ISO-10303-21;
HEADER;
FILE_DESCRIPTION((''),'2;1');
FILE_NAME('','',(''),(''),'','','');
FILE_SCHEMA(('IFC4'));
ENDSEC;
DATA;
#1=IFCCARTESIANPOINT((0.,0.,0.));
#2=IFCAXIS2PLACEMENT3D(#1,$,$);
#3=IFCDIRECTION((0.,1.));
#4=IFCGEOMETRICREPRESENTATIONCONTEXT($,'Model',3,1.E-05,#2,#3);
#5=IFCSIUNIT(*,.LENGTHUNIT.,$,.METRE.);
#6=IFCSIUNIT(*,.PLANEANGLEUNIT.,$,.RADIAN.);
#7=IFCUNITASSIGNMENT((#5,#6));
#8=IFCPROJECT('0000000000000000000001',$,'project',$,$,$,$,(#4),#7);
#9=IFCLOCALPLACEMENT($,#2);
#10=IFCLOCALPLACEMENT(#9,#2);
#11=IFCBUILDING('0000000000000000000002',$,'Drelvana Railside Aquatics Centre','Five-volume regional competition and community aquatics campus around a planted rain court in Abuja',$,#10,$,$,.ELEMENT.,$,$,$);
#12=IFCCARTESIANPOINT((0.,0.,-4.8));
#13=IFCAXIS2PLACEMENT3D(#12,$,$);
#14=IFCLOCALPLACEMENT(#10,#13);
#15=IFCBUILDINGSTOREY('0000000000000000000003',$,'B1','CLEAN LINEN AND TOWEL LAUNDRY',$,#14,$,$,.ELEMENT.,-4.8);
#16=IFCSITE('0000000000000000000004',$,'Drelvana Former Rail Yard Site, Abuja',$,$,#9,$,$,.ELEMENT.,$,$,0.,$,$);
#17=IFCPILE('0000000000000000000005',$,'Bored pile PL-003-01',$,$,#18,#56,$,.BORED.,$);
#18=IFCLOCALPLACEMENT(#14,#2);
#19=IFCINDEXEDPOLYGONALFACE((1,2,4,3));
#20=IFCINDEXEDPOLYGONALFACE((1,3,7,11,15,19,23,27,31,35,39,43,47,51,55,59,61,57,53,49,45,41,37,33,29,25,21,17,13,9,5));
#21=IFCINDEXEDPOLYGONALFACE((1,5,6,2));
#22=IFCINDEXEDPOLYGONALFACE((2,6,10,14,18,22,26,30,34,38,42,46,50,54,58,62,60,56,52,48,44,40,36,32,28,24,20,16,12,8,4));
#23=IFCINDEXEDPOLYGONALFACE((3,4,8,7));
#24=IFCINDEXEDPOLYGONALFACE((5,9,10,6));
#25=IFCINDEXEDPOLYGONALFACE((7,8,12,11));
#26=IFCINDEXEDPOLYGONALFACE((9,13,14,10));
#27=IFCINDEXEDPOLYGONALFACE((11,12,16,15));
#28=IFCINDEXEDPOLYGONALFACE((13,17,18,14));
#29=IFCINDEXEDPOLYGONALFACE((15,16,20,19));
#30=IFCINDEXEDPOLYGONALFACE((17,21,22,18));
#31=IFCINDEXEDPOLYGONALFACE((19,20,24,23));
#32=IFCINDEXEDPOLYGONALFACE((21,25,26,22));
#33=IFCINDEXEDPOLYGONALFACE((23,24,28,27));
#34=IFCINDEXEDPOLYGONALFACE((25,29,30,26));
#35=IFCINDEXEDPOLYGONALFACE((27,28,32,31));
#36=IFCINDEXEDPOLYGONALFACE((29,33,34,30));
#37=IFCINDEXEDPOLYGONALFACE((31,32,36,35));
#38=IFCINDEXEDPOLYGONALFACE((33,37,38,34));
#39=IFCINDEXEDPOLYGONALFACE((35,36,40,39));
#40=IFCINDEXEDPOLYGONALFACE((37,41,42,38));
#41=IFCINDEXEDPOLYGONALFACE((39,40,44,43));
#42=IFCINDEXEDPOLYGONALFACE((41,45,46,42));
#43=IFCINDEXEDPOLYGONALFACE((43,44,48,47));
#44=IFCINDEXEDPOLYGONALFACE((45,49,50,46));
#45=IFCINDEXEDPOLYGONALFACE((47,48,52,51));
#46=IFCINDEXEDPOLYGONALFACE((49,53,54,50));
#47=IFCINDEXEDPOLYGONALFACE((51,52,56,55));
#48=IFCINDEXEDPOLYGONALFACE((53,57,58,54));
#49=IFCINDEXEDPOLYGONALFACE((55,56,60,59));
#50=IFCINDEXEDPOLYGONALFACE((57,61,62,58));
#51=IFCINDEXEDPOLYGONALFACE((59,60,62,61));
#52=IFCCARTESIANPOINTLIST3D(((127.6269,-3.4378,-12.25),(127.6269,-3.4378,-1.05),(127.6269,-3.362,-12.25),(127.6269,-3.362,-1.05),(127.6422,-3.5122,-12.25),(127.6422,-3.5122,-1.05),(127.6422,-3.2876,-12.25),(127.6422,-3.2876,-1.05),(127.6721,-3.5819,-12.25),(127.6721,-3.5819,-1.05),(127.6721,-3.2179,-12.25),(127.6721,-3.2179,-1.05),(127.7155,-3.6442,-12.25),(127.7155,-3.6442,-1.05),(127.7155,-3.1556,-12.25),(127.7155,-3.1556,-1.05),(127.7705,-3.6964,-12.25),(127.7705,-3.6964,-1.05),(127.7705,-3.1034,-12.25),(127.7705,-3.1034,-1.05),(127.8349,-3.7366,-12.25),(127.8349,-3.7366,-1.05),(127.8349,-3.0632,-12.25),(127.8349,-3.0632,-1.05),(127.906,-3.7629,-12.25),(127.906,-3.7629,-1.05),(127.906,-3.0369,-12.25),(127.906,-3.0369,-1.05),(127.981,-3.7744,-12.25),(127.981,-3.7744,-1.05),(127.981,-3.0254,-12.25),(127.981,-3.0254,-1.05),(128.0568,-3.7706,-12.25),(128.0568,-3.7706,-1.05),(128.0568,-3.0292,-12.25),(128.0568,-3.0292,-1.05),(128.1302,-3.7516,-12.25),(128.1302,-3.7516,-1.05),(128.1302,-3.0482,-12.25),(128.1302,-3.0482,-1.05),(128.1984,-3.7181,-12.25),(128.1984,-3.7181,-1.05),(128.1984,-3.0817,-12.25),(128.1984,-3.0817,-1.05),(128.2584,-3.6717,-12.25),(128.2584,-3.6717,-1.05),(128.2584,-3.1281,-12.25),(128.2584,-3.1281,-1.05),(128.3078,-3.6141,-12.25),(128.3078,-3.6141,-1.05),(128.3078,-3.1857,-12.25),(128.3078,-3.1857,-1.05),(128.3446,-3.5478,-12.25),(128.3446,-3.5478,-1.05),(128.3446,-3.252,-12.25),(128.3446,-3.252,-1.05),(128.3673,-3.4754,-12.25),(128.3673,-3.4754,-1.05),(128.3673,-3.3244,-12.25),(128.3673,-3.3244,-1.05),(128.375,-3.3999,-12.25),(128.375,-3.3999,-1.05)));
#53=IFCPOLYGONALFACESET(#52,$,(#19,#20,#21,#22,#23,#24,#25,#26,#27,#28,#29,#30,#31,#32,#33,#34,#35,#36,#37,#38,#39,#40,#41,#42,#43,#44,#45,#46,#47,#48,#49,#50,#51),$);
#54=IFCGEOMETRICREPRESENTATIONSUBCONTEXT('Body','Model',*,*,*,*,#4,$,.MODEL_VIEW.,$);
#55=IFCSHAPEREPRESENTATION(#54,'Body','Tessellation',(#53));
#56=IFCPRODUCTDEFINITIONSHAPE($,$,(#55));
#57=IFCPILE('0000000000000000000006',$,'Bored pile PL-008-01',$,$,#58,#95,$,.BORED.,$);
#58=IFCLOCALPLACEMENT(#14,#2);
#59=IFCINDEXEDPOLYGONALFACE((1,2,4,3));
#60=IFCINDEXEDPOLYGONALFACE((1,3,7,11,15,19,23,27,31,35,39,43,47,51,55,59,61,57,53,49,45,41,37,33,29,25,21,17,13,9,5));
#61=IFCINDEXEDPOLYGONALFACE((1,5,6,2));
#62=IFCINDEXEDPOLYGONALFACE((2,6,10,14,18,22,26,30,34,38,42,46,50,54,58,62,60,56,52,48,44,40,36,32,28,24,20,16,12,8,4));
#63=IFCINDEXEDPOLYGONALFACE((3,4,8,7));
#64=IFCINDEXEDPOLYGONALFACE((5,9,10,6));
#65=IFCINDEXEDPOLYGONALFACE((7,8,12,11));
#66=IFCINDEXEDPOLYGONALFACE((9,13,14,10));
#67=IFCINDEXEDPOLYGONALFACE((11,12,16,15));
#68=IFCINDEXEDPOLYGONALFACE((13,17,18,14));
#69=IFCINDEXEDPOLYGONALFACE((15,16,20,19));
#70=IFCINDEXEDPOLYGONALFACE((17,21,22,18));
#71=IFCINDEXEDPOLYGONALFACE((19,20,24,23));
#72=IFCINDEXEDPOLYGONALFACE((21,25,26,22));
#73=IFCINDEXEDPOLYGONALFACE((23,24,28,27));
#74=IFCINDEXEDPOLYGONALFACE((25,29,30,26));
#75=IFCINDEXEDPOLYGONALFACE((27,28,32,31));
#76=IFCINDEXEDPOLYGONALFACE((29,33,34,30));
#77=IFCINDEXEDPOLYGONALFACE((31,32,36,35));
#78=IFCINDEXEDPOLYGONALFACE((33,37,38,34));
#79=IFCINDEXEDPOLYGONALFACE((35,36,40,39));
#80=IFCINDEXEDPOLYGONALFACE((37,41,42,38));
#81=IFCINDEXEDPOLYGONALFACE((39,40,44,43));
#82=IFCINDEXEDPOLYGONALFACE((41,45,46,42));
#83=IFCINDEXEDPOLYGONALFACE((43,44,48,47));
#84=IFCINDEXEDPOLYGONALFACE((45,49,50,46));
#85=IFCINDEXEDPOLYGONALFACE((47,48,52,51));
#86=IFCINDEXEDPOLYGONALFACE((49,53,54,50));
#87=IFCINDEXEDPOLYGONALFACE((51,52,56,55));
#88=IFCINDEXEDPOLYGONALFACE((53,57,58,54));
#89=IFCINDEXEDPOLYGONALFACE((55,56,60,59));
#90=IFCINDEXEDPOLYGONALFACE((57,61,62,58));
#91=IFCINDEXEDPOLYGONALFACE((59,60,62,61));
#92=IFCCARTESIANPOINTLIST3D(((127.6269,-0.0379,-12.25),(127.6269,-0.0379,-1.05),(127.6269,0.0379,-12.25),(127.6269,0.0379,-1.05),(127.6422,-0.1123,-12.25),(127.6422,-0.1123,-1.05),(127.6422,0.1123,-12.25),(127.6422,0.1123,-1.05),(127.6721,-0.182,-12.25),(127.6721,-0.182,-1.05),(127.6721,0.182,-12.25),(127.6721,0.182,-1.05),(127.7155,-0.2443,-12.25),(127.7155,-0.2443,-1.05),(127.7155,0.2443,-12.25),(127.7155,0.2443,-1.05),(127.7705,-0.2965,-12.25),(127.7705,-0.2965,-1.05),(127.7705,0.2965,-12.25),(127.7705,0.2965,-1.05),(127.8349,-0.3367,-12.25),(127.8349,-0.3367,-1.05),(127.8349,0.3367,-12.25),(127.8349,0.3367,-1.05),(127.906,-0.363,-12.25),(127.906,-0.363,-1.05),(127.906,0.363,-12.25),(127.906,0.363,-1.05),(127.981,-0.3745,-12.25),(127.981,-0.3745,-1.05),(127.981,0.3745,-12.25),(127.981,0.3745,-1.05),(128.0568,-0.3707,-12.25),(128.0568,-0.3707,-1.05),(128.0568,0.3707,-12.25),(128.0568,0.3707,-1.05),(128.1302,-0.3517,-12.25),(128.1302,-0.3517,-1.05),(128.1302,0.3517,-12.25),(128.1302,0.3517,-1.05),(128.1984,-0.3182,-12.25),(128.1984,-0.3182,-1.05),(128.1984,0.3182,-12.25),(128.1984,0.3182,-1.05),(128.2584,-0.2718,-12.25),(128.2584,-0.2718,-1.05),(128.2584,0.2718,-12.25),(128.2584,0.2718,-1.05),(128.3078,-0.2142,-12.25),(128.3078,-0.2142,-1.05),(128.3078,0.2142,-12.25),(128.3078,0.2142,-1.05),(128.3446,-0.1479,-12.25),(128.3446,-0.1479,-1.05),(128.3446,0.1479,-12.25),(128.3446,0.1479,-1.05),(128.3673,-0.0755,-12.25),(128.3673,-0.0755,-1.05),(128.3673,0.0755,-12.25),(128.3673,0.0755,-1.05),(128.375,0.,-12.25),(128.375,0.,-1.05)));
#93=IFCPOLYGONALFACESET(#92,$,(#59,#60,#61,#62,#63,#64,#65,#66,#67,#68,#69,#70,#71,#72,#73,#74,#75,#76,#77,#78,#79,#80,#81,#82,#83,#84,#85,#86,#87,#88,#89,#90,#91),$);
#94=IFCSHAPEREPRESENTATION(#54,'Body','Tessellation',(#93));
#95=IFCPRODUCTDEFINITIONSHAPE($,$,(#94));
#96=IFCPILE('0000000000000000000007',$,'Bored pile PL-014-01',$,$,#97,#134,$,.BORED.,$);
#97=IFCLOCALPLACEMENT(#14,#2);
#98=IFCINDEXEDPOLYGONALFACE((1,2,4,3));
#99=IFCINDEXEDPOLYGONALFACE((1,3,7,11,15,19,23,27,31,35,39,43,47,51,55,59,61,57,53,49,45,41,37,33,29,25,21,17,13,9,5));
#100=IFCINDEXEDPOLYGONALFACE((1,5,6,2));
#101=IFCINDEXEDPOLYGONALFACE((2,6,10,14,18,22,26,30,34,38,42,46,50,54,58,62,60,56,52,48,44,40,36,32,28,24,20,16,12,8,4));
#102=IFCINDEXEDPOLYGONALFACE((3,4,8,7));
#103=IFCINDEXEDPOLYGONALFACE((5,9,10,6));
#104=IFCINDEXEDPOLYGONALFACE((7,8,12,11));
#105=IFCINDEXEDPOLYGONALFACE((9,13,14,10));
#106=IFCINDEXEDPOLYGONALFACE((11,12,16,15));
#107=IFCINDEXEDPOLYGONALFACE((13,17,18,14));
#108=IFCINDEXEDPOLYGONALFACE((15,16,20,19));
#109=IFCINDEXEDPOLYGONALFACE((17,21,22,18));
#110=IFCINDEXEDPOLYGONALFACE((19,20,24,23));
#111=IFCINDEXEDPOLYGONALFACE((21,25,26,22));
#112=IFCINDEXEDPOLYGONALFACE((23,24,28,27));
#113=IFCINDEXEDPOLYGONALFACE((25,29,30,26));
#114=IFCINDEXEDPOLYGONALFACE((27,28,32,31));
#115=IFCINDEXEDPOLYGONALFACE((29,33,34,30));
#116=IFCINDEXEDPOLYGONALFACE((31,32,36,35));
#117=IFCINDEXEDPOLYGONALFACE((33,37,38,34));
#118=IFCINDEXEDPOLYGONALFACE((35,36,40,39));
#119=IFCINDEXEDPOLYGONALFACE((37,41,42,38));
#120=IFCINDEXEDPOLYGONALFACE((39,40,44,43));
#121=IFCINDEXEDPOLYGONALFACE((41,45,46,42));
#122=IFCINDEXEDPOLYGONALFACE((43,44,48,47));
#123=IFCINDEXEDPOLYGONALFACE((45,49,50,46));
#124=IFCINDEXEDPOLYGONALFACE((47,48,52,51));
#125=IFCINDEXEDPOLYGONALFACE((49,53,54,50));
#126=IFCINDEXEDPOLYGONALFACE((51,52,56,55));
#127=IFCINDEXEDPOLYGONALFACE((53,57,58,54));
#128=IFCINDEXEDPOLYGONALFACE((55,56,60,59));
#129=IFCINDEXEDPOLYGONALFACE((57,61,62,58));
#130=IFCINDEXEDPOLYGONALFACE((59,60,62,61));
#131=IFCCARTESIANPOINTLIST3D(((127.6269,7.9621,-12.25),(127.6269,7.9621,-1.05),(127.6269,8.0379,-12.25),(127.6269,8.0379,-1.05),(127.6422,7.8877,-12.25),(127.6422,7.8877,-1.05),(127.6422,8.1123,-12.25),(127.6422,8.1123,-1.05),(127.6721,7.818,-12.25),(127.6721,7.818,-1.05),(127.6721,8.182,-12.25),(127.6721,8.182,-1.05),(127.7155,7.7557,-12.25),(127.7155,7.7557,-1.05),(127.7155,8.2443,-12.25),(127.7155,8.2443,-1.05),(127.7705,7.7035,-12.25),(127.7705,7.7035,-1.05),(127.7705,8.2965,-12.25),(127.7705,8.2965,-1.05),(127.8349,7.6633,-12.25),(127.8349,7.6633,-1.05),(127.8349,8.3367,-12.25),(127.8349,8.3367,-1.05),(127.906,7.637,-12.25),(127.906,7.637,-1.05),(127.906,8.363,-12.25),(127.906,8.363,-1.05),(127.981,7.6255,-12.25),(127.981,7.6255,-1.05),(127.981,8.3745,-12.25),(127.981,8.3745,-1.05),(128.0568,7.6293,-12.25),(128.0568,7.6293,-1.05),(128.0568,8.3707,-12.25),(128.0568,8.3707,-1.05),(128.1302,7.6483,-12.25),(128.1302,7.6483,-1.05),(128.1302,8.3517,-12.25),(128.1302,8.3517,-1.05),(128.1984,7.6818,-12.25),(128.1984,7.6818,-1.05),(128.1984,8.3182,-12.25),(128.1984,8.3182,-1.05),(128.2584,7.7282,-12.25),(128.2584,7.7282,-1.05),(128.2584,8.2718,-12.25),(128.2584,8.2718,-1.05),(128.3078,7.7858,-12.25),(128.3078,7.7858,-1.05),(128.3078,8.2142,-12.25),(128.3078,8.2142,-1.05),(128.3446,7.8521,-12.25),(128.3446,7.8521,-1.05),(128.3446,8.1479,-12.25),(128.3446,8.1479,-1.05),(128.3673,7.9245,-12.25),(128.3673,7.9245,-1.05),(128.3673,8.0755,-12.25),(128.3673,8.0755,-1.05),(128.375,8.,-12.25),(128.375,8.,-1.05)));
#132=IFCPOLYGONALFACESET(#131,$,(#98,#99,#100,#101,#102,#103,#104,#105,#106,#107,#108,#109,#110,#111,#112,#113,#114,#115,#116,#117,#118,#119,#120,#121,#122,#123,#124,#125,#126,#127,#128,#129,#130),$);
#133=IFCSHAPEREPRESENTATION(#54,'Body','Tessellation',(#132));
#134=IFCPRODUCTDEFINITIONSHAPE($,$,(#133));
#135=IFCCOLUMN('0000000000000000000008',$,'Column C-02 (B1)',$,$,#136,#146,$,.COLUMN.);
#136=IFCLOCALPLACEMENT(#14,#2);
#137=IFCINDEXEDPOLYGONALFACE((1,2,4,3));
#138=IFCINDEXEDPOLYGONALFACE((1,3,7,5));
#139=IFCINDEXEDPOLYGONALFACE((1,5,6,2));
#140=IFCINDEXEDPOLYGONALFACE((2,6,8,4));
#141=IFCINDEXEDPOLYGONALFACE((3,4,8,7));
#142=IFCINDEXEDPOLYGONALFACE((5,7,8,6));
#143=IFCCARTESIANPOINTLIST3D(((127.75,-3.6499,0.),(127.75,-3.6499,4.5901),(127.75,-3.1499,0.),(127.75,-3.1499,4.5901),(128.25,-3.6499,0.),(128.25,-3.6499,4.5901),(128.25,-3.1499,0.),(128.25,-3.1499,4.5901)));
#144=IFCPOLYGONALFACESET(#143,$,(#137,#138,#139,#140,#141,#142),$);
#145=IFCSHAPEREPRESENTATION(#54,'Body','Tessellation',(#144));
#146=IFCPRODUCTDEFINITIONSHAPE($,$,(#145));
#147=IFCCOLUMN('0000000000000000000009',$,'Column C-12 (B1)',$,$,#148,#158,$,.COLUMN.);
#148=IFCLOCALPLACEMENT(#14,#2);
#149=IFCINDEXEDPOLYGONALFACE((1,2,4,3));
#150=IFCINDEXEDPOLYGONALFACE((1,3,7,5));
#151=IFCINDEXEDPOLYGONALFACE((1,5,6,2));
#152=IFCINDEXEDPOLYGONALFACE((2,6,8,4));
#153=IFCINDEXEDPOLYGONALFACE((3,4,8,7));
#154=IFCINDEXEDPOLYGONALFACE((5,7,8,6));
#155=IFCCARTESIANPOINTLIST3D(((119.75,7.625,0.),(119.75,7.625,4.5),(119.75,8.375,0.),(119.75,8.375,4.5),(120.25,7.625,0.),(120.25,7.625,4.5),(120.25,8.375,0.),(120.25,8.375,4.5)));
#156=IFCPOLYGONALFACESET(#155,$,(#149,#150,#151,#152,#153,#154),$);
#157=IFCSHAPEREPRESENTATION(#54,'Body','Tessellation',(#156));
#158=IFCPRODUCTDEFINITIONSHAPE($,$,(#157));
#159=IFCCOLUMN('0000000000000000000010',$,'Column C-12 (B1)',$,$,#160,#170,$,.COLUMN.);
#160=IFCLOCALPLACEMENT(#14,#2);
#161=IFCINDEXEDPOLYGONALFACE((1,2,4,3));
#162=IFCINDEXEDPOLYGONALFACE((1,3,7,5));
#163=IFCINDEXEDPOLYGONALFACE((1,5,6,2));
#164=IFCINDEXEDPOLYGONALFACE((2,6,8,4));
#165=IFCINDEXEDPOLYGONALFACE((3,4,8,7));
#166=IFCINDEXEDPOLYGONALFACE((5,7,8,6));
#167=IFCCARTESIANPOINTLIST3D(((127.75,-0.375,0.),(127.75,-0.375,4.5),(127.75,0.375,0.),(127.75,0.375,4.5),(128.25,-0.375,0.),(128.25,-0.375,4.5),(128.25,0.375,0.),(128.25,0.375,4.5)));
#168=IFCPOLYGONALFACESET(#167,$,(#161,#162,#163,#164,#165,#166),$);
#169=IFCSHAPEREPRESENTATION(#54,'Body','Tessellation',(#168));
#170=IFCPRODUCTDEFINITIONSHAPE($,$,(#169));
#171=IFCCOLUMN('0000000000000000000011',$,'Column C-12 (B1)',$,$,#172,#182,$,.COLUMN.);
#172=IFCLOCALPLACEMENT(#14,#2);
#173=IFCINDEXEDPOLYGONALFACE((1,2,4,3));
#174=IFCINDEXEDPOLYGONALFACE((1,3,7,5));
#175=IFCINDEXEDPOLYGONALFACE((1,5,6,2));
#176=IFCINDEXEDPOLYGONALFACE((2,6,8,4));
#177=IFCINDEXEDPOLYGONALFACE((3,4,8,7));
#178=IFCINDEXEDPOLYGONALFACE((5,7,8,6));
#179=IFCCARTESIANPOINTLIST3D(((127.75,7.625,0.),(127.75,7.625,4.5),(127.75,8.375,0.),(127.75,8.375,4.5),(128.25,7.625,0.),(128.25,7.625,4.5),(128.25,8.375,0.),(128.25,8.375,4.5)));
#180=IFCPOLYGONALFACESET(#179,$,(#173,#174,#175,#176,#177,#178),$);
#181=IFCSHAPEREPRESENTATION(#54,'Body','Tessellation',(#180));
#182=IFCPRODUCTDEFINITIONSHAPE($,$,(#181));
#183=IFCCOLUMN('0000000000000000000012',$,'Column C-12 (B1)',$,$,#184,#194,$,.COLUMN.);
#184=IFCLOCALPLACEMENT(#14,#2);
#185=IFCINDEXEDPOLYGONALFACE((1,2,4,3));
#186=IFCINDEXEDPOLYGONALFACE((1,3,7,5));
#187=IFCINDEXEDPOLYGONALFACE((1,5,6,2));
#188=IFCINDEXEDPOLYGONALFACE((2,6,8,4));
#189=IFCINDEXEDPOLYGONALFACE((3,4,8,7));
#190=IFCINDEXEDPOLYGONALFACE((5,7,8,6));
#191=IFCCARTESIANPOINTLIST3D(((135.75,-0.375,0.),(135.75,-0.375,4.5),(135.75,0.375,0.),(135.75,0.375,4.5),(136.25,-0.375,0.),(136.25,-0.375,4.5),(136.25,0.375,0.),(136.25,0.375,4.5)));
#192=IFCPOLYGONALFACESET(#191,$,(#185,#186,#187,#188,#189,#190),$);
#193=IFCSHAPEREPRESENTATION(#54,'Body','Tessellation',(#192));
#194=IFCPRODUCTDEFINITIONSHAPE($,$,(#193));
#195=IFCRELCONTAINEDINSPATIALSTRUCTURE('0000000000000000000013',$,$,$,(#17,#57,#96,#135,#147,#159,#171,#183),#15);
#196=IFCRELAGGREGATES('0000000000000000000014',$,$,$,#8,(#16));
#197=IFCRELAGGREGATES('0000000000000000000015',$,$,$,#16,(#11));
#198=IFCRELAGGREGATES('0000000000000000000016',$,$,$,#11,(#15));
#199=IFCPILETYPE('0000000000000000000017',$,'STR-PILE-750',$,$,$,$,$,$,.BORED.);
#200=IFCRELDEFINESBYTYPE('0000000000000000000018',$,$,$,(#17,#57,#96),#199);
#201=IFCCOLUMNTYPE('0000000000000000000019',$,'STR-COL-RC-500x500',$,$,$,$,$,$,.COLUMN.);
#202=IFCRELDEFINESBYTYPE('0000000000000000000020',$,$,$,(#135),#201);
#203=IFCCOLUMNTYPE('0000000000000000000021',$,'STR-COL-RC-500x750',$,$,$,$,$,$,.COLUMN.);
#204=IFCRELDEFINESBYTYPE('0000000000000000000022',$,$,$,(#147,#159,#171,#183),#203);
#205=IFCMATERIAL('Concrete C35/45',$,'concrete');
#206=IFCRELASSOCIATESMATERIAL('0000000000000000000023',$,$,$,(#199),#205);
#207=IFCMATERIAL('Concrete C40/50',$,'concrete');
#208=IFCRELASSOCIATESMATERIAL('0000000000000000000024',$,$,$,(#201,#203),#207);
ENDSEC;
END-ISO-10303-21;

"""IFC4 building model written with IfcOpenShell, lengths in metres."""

from ifc_helpers import new_model, si_unit, direction, frame, origin, origin_2d, place, context, subcontext, project, spatial, rectangle, circle, extrude, material, material_profile, profile_set, type_object, element, save


model = new_model("IFC4")

# Units and contexts
model_context = context("Model", 3, precision=1e-05, world=origin(), true_north=direction((0.0, 1.0)))
body_context = subcontext(model_context, "Body", "Model", "MODEL_VIEW")
ifc_project = project(units=[si_unit("LENGTHUNIT", "METRE"), si_unit("PLANEANGLEUNIT", "RADIAN")], contexts=[model_context])

# Site, building, storey
site_placement = place(None, origin())
site = spatial("IfcSite", under=ifc_project, at=site_placement, Name="Drelvana Former Rail Yard Site, Abuja", CompositionType="ELEMENT", RefElevation=0.0)
building_placement = place(site_placement, origin())
building = spatial("IfcBuilding", under=site, at=building_placement, Name="Drelvana Railside Aquatics Centre", Description="Five-volume regional competition and community aquatics campus around a planted rain court in Abuja", CompositionType="ELEMENT")
storey_placement = place(building_placement, frame((0.0, 0.0, -4.8)))
storey = spatial("IfcBuildingStorey", under=building, at=storey_placement, Name="B1", Description="CLEAN LINEN AND TOWEL LAUNDRY", CompositionType="ELEMENT", Elevation=-4.8)

# Shared definitions
ifc_material_1 = material(Name="Concrete C35/45", Category="concrete")

# Piles
ifc_material_profile_1 = material_profile(ifc_material_1, circle(Radius=0.375, at=origin_2d()), Name="PILE D750")
ifc_profile_set_1 = profile_set([ifc_material_profile_1], Name="Concrete C35/45")
pile_type_1 = type_object("IfcPileType", Name="STR-PILE-750", PredefinedType="BORED", material=ifc_profile_set_1)
for number, where, z_axis, x_axis, name in (
    (1, (128.0, -3.3999, -1.05), (0.0, 0.0, -1.0), (1.0, 0.0, 0.0), "Bored pile PL-003-01"),
    (2, (128.0, 0.0, -1.05), (0.0, 0.0, -1.0), (1.0, 0.0, 0.0), "Bored pile PL-008-01"),
    (3, (128.0, 8.0, -1.05), (0.0, 0.0, -1.0), (1.0, 0.0, 0.0), "Bored pile PL-014-01"),
):
    element("IfcPile", number, at=place(storey_placement, frame(where, z_axis=z_axis, x_axis=x_axis)), inside=storey, type_object=pile_type_1, Name=name, PredefinedType="BORED", context=body_context, shape_type="SweptSolid", body=[
        extrude(circle(Radius=0.375, at=origin_2d()), origin(), (0.0, 0.0, 1.0), 11.2),
    ])

# Columns
ifc_material_2 = material(Name="Concrete C40/50", Category="concrete")
ifc_material_profile_2 = material_profile(ifc_material_2, rectangle(XDim=0.5, YDim=0.5, at=origin_2d()), Name="RC 500x500")
ifc_profile_set_2 = profile_set([ifc_material_profile_2], Name="Concrete C40/50")
column_type_1 = type_object("IfcColumnType", Name="STR-COL-RC-500x500", PredefinedType="COLUMN", material=ifc_profile_set_2)
column_placement = place(storey_placement, frame((128.0, -3.3999, 0.0), z_axis=(0.0, 0.0, 1.0), x_axis=(1.0, 0.0, 0.0)))
element("IfcColumn", 4, at=column_placement, inside=storey, type_object=column_type_1, Name="Column C-02 (B1)", PredefinedType="COLUMN", context=body_context, shape_type="SweptSolid", body=[
    extrude(rectangle(XDim=0.5, YDim=0.5, at=origin_2d()), origin(), (0.0, 0.0, 1.0), 4.5901),
])
ifc_material_profile_3 = material_profile(ifc_material_2, rectangle(XDim=0.5, YDim=0.75, at=origin_2d()), Name="RC 500x750")
ifc_profile_set_3 = profile_set([ifc_material_profile_3], Name="Concrete C40/50")
column_type_2 = type_object("IfcColumnType", Name="STR-COL-RC-500x750", PredefinedType="COLUMN", material=ifc_profile_set_3)
for number, where, z_axis, x_axis, name in (
    (5, (120.0, 8.0, 0.0), (0.0, 0.0, 1.0), (1.0, 0.0, 0.0), "Column C-12 (B1)"),
    (6, (128.0, 0.0, 0.0), (0.0, 0.0, 1.0), (1.0, 0.0, 0.0), "Column C-12 (B1)"),
    (7, (128.0, 8.0, 0.0), (0.0, 0.0, 1.0), (1.0, 0.0, 0.0), "Column C-12 (B1)"),
    (8, (136.0, 0.0, 0.0), (0.0, 0.0, 1.0), (1.0, 0.0, 0.0), "Column C-12 (B1)"),
):
    element("IfcColumn", number, at=place(storey_placement, frame(where, z_axis=z_axis, x_axis=x_axis)), inside=storey, type_object=column_type_2, Name=name, PredefinedType="COLUMN", context=body_context, shape_type="SweptSolid", body=[
        extrude(rectangle(XDim=0.5, YDim=0.75, at=origin_2d()), origin(), (0.0, 0.0, 1.0), 4.5),
    ])

save(model, "model.ifc")
